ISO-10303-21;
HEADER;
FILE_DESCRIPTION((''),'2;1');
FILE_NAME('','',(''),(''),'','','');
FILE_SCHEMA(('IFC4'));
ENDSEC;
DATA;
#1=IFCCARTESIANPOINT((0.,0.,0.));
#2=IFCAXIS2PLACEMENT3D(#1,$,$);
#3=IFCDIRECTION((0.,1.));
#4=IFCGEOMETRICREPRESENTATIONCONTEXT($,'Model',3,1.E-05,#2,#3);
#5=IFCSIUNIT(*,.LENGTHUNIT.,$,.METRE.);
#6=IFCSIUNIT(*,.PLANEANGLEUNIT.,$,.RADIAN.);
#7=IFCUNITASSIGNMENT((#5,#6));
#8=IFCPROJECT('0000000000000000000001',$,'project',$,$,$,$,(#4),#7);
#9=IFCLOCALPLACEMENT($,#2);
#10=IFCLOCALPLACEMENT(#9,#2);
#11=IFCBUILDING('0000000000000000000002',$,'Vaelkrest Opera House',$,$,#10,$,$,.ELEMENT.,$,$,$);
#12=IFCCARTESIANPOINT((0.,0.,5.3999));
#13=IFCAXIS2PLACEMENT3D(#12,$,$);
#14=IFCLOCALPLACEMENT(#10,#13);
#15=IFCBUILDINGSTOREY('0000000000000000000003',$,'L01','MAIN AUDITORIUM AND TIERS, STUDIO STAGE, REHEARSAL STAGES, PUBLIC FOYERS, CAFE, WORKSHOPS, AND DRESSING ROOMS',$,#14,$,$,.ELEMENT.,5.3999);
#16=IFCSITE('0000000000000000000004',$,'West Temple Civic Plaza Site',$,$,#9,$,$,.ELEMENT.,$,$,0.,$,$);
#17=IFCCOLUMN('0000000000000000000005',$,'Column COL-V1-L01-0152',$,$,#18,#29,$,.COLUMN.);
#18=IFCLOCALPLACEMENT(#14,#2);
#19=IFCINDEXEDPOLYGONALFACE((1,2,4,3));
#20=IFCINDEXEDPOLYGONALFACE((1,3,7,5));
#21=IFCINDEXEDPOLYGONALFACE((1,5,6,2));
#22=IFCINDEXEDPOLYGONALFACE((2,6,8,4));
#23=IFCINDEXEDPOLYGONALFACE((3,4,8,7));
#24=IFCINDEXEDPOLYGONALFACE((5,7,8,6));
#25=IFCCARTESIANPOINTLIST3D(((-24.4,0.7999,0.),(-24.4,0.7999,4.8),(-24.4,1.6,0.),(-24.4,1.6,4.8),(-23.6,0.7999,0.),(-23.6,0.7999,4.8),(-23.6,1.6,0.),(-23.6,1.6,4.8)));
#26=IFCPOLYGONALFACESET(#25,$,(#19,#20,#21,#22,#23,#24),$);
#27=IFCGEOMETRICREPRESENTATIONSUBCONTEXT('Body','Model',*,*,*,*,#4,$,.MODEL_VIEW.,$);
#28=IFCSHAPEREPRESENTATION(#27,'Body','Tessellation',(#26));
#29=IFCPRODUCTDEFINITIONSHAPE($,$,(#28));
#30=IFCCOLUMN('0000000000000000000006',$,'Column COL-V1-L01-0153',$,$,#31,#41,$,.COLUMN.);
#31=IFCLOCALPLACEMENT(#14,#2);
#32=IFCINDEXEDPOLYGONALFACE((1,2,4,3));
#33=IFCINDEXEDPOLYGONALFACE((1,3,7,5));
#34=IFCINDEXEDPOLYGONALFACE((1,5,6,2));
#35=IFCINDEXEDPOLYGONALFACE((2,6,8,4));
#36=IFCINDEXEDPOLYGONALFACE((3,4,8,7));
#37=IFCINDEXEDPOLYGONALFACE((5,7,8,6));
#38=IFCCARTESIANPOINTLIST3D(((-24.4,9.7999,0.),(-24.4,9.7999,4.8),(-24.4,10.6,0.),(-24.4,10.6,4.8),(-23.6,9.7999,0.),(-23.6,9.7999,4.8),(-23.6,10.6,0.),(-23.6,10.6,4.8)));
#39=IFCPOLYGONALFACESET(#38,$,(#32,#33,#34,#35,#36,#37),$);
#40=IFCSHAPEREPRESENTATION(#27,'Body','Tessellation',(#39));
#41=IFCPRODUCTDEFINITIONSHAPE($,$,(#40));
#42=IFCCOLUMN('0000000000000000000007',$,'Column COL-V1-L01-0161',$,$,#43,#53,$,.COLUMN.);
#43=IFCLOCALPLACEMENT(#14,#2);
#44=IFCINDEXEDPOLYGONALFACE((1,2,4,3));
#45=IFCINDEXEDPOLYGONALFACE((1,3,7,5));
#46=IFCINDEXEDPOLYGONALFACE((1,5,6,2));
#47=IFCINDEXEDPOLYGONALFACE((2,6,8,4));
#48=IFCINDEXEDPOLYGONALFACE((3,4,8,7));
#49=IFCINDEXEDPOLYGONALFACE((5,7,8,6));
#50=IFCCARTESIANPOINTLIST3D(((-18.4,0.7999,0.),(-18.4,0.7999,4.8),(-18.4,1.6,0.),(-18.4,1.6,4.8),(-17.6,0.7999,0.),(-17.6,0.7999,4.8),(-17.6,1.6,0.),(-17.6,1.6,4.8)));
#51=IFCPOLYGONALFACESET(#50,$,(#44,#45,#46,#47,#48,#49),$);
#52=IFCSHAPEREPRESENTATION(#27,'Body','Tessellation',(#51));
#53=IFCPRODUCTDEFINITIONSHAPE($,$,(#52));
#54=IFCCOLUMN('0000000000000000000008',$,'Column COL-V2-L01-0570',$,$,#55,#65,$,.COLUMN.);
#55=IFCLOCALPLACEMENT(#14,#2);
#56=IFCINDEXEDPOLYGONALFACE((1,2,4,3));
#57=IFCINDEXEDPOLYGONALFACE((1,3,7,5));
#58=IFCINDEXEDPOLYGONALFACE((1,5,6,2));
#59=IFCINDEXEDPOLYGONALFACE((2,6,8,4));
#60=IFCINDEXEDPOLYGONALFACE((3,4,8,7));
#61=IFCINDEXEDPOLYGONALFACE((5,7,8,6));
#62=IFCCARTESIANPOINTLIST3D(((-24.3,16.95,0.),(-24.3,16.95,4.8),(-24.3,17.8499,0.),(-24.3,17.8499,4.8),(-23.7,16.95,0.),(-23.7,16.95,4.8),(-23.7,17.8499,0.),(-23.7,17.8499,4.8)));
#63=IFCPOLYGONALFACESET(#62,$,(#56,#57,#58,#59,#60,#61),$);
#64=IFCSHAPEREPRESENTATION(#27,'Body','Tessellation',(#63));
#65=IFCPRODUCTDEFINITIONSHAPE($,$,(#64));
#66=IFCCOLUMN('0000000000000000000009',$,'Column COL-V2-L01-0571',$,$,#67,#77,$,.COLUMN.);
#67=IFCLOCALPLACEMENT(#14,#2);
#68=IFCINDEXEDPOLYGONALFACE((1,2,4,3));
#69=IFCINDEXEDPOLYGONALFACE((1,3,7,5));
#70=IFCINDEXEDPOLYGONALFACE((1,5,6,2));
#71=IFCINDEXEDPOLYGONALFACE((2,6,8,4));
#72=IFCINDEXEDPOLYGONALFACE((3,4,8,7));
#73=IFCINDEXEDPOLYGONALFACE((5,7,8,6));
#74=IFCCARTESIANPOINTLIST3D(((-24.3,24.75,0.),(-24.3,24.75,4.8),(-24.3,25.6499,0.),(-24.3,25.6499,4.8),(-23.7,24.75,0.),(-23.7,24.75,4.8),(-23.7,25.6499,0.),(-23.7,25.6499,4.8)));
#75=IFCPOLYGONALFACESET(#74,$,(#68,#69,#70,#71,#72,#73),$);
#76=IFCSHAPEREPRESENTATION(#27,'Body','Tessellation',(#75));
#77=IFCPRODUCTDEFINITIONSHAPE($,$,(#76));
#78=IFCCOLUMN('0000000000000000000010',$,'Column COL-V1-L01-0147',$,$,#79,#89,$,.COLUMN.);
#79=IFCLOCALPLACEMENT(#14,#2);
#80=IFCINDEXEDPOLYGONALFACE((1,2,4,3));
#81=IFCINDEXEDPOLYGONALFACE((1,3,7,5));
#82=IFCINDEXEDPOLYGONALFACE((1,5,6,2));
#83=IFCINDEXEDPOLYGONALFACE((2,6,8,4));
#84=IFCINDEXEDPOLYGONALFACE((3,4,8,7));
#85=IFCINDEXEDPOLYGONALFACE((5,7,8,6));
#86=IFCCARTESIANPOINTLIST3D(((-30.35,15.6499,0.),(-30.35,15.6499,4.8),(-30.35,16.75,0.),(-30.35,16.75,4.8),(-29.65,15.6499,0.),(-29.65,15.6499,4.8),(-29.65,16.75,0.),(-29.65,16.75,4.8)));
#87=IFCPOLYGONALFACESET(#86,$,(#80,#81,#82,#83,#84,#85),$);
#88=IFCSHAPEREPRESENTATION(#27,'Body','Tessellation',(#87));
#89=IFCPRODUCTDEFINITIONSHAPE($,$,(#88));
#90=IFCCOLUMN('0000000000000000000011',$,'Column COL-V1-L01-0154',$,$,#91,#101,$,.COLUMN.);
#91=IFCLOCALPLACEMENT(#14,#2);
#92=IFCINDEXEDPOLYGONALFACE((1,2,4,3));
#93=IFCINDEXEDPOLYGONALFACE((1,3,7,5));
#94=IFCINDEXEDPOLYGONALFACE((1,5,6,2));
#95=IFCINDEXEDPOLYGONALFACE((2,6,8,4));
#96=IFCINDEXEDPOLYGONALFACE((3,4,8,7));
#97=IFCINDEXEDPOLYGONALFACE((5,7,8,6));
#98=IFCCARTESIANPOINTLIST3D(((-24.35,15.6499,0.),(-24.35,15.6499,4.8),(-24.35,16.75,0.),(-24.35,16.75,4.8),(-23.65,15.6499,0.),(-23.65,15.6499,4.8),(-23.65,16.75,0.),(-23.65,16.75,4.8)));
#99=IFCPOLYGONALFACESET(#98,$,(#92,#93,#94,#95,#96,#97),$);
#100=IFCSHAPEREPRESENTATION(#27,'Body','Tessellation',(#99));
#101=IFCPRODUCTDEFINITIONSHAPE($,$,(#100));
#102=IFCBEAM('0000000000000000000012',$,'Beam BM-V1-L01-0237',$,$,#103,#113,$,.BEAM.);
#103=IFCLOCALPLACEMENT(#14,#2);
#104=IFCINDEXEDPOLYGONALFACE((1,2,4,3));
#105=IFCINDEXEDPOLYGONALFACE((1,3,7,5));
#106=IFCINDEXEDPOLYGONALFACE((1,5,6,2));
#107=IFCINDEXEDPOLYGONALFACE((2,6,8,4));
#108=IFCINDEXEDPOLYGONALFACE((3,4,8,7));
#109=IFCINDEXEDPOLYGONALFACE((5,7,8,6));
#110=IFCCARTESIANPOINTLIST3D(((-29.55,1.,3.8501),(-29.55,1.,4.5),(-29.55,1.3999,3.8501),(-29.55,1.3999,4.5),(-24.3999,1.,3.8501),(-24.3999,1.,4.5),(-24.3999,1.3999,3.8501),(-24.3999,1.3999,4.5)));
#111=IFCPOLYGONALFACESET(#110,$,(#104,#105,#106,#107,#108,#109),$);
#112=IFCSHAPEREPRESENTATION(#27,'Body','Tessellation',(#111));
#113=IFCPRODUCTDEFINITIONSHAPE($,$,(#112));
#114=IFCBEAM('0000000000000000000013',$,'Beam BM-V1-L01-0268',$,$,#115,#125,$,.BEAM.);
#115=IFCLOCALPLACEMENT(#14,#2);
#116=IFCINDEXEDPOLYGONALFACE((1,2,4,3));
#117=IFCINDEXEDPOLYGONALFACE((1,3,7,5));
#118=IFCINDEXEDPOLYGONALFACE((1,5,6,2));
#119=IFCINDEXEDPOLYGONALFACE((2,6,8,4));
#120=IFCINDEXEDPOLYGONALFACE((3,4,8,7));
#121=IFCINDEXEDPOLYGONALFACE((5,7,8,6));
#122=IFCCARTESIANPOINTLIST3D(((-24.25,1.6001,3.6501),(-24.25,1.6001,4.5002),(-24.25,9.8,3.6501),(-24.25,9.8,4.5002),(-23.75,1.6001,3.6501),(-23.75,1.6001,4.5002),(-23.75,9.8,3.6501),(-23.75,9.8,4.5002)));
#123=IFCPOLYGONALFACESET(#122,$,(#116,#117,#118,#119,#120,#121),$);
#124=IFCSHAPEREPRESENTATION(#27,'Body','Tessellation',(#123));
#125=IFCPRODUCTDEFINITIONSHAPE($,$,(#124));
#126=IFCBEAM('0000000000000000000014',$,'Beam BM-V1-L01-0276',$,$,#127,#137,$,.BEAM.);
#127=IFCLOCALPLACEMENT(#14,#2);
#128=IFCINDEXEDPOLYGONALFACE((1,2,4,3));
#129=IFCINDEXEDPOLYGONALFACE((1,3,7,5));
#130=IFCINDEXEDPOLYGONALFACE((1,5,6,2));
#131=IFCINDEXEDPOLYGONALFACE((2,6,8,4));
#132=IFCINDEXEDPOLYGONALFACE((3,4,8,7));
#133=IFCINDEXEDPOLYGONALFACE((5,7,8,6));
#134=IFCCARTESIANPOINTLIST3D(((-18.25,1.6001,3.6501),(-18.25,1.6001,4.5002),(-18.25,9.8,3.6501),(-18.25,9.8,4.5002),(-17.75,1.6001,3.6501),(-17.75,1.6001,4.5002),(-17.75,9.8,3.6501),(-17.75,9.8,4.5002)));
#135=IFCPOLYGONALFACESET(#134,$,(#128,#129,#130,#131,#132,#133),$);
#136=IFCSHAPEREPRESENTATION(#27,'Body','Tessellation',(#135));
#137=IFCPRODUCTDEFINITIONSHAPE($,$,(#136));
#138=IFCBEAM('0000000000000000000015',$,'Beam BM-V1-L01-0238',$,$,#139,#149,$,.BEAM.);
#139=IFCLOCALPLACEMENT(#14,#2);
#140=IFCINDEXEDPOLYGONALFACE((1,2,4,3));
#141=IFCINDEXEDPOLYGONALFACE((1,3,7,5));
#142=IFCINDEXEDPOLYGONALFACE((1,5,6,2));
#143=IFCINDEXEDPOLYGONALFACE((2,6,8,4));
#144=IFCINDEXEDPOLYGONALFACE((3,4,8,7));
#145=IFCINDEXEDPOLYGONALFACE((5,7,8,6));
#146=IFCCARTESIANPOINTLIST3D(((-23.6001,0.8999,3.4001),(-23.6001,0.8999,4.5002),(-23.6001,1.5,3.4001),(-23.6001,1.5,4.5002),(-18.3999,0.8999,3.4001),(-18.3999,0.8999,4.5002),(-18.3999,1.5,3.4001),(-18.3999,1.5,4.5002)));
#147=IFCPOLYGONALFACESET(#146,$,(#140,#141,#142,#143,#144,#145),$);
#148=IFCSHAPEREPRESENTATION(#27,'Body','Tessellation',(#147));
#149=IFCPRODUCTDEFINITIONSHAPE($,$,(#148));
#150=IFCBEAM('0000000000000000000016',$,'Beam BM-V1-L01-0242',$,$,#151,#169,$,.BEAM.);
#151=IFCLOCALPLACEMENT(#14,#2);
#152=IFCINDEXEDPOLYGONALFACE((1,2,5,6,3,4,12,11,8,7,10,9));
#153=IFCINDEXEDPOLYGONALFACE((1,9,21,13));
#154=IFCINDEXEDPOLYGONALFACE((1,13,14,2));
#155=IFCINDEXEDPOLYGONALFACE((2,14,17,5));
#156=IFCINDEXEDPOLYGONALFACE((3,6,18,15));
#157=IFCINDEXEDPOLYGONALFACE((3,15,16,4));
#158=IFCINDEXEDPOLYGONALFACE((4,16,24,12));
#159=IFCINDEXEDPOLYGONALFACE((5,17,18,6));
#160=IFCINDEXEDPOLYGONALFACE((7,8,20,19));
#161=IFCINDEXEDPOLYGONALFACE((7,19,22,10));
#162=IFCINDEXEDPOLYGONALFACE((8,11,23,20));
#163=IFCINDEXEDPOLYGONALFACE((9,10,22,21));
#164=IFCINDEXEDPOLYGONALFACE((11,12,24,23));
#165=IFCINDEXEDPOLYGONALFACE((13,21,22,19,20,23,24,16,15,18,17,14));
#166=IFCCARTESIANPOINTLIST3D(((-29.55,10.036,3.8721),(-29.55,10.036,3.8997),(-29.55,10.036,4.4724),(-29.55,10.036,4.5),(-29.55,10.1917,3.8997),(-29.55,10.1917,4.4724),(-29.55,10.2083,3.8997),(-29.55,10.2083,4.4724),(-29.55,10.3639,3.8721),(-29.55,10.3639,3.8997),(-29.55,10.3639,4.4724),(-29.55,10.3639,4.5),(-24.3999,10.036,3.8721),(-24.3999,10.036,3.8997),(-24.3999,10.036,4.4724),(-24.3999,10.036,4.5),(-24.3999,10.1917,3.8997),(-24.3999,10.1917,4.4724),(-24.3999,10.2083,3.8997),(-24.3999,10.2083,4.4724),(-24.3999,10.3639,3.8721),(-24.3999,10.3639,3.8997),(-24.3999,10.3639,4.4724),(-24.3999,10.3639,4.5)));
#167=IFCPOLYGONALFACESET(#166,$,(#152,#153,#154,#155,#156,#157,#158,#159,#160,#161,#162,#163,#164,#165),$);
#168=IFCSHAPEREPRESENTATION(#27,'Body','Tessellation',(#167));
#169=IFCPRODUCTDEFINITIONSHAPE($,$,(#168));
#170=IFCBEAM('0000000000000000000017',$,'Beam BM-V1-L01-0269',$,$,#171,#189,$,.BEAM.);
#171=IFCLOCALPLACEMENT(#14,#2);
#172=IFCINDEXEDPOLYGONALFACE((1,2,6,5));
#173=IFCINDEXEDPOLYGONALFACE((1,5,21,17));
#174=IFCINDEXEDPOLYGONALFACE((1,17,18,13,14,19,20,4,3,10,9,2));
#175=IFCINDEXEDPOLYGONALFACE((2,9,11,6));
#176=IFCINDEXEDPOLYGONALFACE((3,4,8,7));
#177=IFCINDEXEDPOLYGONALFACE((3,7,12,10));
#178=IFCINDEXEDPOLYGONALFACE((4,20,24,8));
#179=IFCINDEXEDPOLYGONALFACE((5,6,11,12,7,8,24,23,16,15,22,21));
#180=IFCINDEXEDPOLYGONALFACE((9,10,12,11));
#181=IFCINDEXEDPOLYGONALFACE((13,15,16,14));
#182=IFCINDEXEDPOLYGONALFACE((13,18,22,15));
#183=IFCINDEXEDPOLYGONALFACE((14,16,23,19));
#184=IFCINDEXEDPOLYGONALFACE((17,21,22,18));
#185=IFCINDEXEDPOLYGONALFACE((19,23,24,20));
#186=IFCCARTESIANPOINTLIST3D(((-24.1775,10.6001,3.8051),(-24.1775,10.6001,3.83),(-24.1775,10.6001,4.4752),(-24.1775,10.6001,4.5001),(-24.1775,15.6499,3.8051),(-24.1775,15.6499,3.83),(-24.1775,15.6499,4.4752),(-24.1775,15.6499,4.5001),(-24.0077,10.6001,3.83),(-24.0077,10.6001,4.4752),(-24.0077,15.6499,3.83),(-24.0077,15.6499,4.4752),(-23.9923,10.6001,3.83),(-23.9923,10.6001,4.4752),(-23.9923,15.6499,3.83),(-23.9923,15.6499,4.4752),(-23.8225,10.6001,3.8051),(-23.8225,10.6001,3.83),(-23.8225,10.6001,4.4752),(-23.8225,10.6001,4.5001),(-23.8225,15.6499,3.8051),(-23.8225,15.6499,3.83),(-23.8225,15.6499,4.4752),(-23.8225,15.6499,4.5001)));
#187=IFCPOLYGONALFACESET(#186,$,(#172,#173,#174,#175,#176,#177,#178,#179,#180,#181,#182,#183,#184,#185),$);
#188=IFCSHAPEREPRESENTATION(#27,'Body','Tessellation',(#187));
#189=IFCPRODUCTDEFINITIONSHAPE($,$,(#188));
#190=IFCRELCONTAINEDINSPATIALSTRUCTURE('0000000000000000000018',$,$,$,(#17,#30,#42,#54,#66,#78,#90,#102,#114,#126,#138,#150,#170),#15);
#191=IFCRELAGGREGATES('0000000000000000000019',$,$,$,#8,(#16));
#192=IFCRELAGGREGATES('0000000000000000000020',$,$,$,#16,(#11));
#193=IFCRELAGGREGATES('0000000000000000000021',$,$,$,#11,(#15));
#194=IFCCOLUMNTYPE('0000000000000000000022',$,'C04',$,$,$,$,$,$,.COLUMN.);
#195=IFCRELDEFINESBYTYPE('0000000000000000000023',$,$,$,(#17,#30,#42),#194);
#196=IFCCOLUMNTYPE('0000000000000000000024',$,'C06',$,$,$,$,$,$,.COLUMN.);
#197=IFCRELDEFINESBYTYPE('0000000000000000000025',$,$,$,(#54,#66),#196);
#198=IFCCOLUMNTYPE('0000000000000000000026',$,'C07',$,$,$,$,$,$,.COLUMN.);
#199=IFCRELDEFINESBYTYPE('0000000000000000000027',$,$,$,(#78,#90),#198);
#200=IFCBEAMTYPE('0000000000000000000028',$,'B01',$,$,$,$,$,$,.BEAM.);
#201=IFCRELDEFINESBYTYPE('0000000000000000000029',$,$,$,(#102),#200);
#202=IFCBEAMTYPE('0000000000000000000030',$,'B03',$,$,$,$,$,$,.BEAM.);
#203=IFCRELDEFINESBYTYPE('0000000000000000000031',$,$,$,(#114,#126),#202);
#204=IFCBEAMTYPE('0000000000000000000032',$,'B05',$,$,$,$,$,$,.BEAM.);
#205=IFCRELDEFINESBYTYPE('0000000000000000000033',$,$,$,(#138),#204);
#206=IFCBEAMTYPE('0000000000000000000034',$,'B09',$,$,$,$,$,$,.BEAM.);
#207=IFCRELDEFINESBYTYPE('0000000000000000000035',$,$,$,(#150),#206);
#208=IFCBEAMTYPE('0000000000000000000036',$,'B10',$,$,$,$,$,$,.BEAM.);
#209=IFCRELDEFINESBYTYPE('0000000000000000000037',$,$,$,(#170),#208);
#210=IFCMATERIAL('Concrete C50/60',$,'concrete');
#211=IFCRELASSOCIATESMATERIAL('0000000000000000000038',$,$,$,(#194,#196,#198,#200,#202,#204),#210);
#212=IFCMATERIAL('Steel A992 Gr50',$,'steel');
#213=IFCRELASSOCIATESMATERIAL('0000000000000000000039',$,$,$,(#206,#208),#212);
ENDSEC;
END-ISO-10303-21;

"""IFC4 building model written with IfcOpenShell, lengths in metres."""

from ifc_helpers import new_model, si_unit, direction, frame, origin, origin_2d, place, context, subcontext, project, spatial, rectangle, i_section, extrude, material, material_profile, profile_set, type_object, element, save


model = new_model("IFC4")

# Units and contexts
model_context = context("Model", 3, precision=1e-05, world=origin(), true_north=direction((0.0, 1.0)))
body_context = subcontext(model_context, "Body", "Model", "MODEL_VIEW")
ifc_project = project(units=[si_unit("LENGTHUNIT", "METRE"), si_unit("PLANEANGLEUNIT", "RADIAN")], contexts=[model_context])

# Site, building, storey
site_placement = place(None, origin())
site = spatial("IfcSite", under=ifc_project, at=site_placement, Name="West Temple Civic Plaza Site", CompositionType="ELEMENT", RefElevation=0.0)
building_placement = place(site_placement, origin())
building = spatial("IfcBuilding", under=site, at=building_placement, Name="Vaelkrest Opera House", CompositionType="ELEMENT")
storey_placement = place(building_placement, frame((0.0, 0.0, 5.3999)))
storey = spatial("IfcBuildingStorey", under=building, at=storey_placement, Name="L01", Description="MAIN AUDITORIUM AND TIERS, STUDIO STAGE, REHEARSAL STAGES, PUBLIC FOYERS, CAFE, WORKSHOPS, AND DRESSING ROOMS", CompositionType="ELEMENT", Elevation=5.3999)

# Columns
ifc_material_1 = material(Name="Concrete C50/60", Category="concrete")
ifc_material_profile_1 = material_profile(ifc_material_1, rectangle(XDim=0.8, YDim=0.8, at=origin_2d()), Name="RC800X800")
ifc_profile_set_1 = profile_set([ifc_material_profile_1], Name="Concrete C50/60")
column_type_1 = type_object("IfcColumnType", Name="C04", PredefinedType="COLUMN", material=ifc_profile_set_1)
for number, where, z_axis, x_axis, name in (
    (1, (-24.0, 1.2, 0.0), (0.0, 0.0, 1.0), (1.0, 0.0, 0.0), "Column COL-V1-L01-0152"),
    (2, (-24.0, 10.2, 0.0), (0.0, 0.0, 1.0), (1.0, 0.0, 0.0), "Column COL-V1-L01-0153"),
    (3, (-18.0, 1.2, 0.0), (0.0, 0.0, 1.0), (1.0, 0.0, 0.0), "Column COL-V1-L01-0161"),
):
    element("IfcColumn", number, at=place(storey_placement, frame(where, z_axis=z_axis, x_axis=x_axis)), inside=storey, type_object=column_type_1, Name=name, PredefinedType="COLUMN", context=body_context, shape_type="SweptSolid", body=[
        extrude(rectangle(XDim=0.8, YDim=0.8, at=origin_2d()), origin(), (0.0, 0.0, 1.0), 4.8),
    ])
ifc_material_profile_2 = material_profile(ifc_material_1, rectangle(XDim=0.6001, YDim=0.8999, at=origin_2d()), Name="RC600X900")
ifc_profile_set_2 = profile_set([ifc_material_profile_2], Name="Concrete C50/60")
column_type_2 = type_object("IfcColumnType", Name="C06", PredefinedType="COLUMN", material=ifc_profile_set_2)
for number, where, z_axis, x_axis, name in (
    (4, (-24.0, 17.3999, 0.0), (0.0, 0.0, 1.0), (1.0, 0.0, 0.0), "Column COL-V2-L01-0570"),
    (5, (-24.0, 25.2, 0.0), (0.0, 0.0, 1.0), (1.0, 0.0, 0.0), "Column COL-V2-L01-0571"),
):
    element("IfcColumn", number, at=place(storey_placement, frame(where, z_axis=z_axis, x_axis=x_axis)), inside=storey, type_object=column_type_2, Name=name, PredefinedType="COLUMN", context=body_context, shape_type="SweptSolid", body=[
        extrude(rectangle(XDim=0.6001, YDim=0.8999, at=origin_2d()), origin(), (0.0, 0.0, 1.0), 4.8),
    ])
ifc_material_profile_3 = material_profile(ifc_material_1, rectangle(XDim=0.7, YDim=1.1001, at=origin_2d()), Name="RC700X1100")
ifc_profile_set_3 = profile_set([ifc_material_profile_3], Name="Concrete C50/60")
column_type_3 = type_object("IfcColumnType", Name="C07", PredefinedType="COLUMN", material=ifc_profile_set_3)
for number, where, z_axis, x_axis, name in (
    (6, (-30.0, 16.2, 0.0), (0.0, 0.0, 1.0), (1.0, 0.0, 0.0), "Column COL-V1-L01-0147"),
    (7, (-24.0, 16.2, 0.0), (0.0, 0.0, 1.0), (1.0, 0.0, 0.0), "Column COL-V1-L01-0154"),
):
    element("IfcColumn", number, at=place(storey_placement, frame(where, z_axis=z_axis, x_axis=x_axis)), inside=storey, type_object=column_type_3, Name=name, PredefinedType="COLUMN", context=body_context, shape_type="SweptSolid", body=[
        extrude(rectangle(XDim=0.7, YDim=1.1001, at=origin_2d()), origin(), (0.0, 0.0, 1.0), 4.8),
    ])

# Beams
ifc_material_profile_4 = material_profile(ifc_material_1, rectangle(XDim=0.3999, YDim=0.6499, at=origin_2d()), Name="RCB400X650")
ifc_profile_set_4 = profile_set([ifc_material_profile_4], Name="Concrete C50/60")
beam_type_1 = type_object("IfcBeamType", Name="B01", PredefinedType="BEAM", material=ifc_profile_set_4)
beam_1_placement = place(storey_placement, frame((-29.55, 1.2, 4.175), z_axis=(1.0, 0.0, 0.0), x_axis=(0.0, 1.0, 0.0)))
element("IfcBeam", 8, at=beam_1_placement, inside=storey, type_object=beam_type_1, Name="Beam BM-V1-L01-0237", PredefinedType="BEAM", context=body_context, shape_type="SweptSolid", body=[
    extrude(rectangle(XDim=0.3999, YDim=0.6499, at=origin_2d()), origin(), (0.0, 0.0, 1.0), 5.1501),
])
ifc_material_profile_5 = material_profile(ifc_material_1, rectangle(XDim=0.5, YDim=0.8501, at=origin_2d()), Name="RCB500X850")
ifc_profile_set_5 = profile_set([ifc_material_profile_5], Name="Concrete C50/60")
beam_type_2 = type_object("IfcBeamType", Name="B03", PredefinedType="BEAM", material=ifc_profile_set_5)
for number, where, z_axis, x_axis, name in (
    (9, (-24.0, 1.6001, 4.0752), (0.0, 1.0, 0.0), (-1.0, 0.0, 0.0), "Beam BM-V1-L01-0268"),
    (10, (-18.0, 1.6001, 4.0752), (0.0, 1.0, 0.0), (-1.0, 0.0, 0.0), "Beam BM-V1-L01-0276"),
):
    element("IfcBeam", number, at=place(storey_placement, frame(where, z_axis=z_axis, x_axis=x_axis)), inside=storey, type_object=beam_type_2, Name=name, PredefinedType="BEAM", context=body_context, shape_type="SweptSolid", body=[
        extrude(rectangle(XDim=0.5, YDim=0.8501, at=origin_2d()), origin(), (0.0, 0.0, 1.0), 8.2),
    ])
ifc_material_profile_6 = material_profile(ifc_material_1, rectangle(XDim=0.6001, YDim=1.1001, at=origin_2d()), Name="RCB600X1100")
ifc_profile_set_6 = profile_set([ifc_material_profile_6], Name="Concrete C50/60")
beam_type_3 = type_object("IfcBeamType", Name="B05", PredefinedType="BEAM", material=ifc_profile_set_6)
beam_2_placement = place(storey_placement, frame((-23.6001, 1.2, 3.9502), z_axis=(1.0, 0.0, 0.0), x_axis=(0.0, 1.0, 0.0)))
element("IfcBeam", 11, at=beam_2_placement, inside=storey, type_object=beam_type_3, Name="Beam BM-V1-L01-0238", PredefinedType="BEAM", context=body_context, shape_type="SweptSolid", body=[
    extrude(rectangle(XDim=0.6001, YDim=1.1001, at=origin_2d()), origin(), (0.0, 0.0, 1.0), 5.2002),
])
ifc_material_2 = material(Name="Steel A992 Gr50", Category="steel")
ifc_material_profile_7 = material_profile(ifc_material_2, i_section(OverallWidth=0.3279, OverallDepth=0.6279, WebThickness=0.0166, FlangeThickness=0.0276, at=origin_2d()), Name="W24X146")
ifc_profile_set_7 = profile_set([ifc_material_profile_7], Name="Steel A992 Gr50")
beam_type_4 = type_object("IfcBeamType", Name="B09", PredefinedType="BEAM", material=ifc_profile_set_7)
beam_3_placement = place(storey_placement, frame((-29.55, 10.2, 4.186), z_axis=(1.0, 0.0, 0.0), x_axis=(0.0, 1.0, 0.0)))
element("IfcBeam", 12, at=beam_3_placement, inside=storey, type_object=beam_type_4, Name="Beam BM-V1-L01-0242", PredefinedType="BEAM", context=body_context, shape_type="SweptSolid", body=[
    extrude(i_section(OverallWidth=0.3279, OverallDepth=0.6279, WebThickness=0.0166, FlangeThickness=0.0276, at=origin_2d()), origin(), (0.0, 0.0, 1.0), 5.1501),
])
ifc_material_profile_8 = material_profile(ifc_material_2, i_section(OverallWidth=0.355, OverallDepth=0.6951, WebThickness=0.0154, FlangeThickness=0.0249, at=origin_2d()), Name="W27X146")
ifc_profile_set_8 = profile_set([ifc_material_profile_8], Name="Steel A992 Gr50")
beam_type_5 = type_object("IfcBeamType", Name="B10", PredefinedType="BEAM", material=ifc_profile_set_8)
beam_4_placement = place(storey_placement, frame((-24.0, 10.6001, 4.1526), z_axis=(0.0, 1.0, 0.0), x_axis=(-1.0, 0.0, 0.0)))
element("IfcBeam", 13, at=beam_4_placement, inside=storey, type_object=beam_type_5, Name="Beam BM-V1-L01-0269", PredefinedType="BEAM", context=body_context, shape_type="SweptSolid", body=[
    extrude(i_section(OverallWidth=0.355, OverallDepth=0.6951, WebThickness=0.0154, FlangeThickness=0.0249, at=origin_2d()), origin(), (0.0, 0.0, 1.0), 5.0498),
])

save(model, "model.ifc")
